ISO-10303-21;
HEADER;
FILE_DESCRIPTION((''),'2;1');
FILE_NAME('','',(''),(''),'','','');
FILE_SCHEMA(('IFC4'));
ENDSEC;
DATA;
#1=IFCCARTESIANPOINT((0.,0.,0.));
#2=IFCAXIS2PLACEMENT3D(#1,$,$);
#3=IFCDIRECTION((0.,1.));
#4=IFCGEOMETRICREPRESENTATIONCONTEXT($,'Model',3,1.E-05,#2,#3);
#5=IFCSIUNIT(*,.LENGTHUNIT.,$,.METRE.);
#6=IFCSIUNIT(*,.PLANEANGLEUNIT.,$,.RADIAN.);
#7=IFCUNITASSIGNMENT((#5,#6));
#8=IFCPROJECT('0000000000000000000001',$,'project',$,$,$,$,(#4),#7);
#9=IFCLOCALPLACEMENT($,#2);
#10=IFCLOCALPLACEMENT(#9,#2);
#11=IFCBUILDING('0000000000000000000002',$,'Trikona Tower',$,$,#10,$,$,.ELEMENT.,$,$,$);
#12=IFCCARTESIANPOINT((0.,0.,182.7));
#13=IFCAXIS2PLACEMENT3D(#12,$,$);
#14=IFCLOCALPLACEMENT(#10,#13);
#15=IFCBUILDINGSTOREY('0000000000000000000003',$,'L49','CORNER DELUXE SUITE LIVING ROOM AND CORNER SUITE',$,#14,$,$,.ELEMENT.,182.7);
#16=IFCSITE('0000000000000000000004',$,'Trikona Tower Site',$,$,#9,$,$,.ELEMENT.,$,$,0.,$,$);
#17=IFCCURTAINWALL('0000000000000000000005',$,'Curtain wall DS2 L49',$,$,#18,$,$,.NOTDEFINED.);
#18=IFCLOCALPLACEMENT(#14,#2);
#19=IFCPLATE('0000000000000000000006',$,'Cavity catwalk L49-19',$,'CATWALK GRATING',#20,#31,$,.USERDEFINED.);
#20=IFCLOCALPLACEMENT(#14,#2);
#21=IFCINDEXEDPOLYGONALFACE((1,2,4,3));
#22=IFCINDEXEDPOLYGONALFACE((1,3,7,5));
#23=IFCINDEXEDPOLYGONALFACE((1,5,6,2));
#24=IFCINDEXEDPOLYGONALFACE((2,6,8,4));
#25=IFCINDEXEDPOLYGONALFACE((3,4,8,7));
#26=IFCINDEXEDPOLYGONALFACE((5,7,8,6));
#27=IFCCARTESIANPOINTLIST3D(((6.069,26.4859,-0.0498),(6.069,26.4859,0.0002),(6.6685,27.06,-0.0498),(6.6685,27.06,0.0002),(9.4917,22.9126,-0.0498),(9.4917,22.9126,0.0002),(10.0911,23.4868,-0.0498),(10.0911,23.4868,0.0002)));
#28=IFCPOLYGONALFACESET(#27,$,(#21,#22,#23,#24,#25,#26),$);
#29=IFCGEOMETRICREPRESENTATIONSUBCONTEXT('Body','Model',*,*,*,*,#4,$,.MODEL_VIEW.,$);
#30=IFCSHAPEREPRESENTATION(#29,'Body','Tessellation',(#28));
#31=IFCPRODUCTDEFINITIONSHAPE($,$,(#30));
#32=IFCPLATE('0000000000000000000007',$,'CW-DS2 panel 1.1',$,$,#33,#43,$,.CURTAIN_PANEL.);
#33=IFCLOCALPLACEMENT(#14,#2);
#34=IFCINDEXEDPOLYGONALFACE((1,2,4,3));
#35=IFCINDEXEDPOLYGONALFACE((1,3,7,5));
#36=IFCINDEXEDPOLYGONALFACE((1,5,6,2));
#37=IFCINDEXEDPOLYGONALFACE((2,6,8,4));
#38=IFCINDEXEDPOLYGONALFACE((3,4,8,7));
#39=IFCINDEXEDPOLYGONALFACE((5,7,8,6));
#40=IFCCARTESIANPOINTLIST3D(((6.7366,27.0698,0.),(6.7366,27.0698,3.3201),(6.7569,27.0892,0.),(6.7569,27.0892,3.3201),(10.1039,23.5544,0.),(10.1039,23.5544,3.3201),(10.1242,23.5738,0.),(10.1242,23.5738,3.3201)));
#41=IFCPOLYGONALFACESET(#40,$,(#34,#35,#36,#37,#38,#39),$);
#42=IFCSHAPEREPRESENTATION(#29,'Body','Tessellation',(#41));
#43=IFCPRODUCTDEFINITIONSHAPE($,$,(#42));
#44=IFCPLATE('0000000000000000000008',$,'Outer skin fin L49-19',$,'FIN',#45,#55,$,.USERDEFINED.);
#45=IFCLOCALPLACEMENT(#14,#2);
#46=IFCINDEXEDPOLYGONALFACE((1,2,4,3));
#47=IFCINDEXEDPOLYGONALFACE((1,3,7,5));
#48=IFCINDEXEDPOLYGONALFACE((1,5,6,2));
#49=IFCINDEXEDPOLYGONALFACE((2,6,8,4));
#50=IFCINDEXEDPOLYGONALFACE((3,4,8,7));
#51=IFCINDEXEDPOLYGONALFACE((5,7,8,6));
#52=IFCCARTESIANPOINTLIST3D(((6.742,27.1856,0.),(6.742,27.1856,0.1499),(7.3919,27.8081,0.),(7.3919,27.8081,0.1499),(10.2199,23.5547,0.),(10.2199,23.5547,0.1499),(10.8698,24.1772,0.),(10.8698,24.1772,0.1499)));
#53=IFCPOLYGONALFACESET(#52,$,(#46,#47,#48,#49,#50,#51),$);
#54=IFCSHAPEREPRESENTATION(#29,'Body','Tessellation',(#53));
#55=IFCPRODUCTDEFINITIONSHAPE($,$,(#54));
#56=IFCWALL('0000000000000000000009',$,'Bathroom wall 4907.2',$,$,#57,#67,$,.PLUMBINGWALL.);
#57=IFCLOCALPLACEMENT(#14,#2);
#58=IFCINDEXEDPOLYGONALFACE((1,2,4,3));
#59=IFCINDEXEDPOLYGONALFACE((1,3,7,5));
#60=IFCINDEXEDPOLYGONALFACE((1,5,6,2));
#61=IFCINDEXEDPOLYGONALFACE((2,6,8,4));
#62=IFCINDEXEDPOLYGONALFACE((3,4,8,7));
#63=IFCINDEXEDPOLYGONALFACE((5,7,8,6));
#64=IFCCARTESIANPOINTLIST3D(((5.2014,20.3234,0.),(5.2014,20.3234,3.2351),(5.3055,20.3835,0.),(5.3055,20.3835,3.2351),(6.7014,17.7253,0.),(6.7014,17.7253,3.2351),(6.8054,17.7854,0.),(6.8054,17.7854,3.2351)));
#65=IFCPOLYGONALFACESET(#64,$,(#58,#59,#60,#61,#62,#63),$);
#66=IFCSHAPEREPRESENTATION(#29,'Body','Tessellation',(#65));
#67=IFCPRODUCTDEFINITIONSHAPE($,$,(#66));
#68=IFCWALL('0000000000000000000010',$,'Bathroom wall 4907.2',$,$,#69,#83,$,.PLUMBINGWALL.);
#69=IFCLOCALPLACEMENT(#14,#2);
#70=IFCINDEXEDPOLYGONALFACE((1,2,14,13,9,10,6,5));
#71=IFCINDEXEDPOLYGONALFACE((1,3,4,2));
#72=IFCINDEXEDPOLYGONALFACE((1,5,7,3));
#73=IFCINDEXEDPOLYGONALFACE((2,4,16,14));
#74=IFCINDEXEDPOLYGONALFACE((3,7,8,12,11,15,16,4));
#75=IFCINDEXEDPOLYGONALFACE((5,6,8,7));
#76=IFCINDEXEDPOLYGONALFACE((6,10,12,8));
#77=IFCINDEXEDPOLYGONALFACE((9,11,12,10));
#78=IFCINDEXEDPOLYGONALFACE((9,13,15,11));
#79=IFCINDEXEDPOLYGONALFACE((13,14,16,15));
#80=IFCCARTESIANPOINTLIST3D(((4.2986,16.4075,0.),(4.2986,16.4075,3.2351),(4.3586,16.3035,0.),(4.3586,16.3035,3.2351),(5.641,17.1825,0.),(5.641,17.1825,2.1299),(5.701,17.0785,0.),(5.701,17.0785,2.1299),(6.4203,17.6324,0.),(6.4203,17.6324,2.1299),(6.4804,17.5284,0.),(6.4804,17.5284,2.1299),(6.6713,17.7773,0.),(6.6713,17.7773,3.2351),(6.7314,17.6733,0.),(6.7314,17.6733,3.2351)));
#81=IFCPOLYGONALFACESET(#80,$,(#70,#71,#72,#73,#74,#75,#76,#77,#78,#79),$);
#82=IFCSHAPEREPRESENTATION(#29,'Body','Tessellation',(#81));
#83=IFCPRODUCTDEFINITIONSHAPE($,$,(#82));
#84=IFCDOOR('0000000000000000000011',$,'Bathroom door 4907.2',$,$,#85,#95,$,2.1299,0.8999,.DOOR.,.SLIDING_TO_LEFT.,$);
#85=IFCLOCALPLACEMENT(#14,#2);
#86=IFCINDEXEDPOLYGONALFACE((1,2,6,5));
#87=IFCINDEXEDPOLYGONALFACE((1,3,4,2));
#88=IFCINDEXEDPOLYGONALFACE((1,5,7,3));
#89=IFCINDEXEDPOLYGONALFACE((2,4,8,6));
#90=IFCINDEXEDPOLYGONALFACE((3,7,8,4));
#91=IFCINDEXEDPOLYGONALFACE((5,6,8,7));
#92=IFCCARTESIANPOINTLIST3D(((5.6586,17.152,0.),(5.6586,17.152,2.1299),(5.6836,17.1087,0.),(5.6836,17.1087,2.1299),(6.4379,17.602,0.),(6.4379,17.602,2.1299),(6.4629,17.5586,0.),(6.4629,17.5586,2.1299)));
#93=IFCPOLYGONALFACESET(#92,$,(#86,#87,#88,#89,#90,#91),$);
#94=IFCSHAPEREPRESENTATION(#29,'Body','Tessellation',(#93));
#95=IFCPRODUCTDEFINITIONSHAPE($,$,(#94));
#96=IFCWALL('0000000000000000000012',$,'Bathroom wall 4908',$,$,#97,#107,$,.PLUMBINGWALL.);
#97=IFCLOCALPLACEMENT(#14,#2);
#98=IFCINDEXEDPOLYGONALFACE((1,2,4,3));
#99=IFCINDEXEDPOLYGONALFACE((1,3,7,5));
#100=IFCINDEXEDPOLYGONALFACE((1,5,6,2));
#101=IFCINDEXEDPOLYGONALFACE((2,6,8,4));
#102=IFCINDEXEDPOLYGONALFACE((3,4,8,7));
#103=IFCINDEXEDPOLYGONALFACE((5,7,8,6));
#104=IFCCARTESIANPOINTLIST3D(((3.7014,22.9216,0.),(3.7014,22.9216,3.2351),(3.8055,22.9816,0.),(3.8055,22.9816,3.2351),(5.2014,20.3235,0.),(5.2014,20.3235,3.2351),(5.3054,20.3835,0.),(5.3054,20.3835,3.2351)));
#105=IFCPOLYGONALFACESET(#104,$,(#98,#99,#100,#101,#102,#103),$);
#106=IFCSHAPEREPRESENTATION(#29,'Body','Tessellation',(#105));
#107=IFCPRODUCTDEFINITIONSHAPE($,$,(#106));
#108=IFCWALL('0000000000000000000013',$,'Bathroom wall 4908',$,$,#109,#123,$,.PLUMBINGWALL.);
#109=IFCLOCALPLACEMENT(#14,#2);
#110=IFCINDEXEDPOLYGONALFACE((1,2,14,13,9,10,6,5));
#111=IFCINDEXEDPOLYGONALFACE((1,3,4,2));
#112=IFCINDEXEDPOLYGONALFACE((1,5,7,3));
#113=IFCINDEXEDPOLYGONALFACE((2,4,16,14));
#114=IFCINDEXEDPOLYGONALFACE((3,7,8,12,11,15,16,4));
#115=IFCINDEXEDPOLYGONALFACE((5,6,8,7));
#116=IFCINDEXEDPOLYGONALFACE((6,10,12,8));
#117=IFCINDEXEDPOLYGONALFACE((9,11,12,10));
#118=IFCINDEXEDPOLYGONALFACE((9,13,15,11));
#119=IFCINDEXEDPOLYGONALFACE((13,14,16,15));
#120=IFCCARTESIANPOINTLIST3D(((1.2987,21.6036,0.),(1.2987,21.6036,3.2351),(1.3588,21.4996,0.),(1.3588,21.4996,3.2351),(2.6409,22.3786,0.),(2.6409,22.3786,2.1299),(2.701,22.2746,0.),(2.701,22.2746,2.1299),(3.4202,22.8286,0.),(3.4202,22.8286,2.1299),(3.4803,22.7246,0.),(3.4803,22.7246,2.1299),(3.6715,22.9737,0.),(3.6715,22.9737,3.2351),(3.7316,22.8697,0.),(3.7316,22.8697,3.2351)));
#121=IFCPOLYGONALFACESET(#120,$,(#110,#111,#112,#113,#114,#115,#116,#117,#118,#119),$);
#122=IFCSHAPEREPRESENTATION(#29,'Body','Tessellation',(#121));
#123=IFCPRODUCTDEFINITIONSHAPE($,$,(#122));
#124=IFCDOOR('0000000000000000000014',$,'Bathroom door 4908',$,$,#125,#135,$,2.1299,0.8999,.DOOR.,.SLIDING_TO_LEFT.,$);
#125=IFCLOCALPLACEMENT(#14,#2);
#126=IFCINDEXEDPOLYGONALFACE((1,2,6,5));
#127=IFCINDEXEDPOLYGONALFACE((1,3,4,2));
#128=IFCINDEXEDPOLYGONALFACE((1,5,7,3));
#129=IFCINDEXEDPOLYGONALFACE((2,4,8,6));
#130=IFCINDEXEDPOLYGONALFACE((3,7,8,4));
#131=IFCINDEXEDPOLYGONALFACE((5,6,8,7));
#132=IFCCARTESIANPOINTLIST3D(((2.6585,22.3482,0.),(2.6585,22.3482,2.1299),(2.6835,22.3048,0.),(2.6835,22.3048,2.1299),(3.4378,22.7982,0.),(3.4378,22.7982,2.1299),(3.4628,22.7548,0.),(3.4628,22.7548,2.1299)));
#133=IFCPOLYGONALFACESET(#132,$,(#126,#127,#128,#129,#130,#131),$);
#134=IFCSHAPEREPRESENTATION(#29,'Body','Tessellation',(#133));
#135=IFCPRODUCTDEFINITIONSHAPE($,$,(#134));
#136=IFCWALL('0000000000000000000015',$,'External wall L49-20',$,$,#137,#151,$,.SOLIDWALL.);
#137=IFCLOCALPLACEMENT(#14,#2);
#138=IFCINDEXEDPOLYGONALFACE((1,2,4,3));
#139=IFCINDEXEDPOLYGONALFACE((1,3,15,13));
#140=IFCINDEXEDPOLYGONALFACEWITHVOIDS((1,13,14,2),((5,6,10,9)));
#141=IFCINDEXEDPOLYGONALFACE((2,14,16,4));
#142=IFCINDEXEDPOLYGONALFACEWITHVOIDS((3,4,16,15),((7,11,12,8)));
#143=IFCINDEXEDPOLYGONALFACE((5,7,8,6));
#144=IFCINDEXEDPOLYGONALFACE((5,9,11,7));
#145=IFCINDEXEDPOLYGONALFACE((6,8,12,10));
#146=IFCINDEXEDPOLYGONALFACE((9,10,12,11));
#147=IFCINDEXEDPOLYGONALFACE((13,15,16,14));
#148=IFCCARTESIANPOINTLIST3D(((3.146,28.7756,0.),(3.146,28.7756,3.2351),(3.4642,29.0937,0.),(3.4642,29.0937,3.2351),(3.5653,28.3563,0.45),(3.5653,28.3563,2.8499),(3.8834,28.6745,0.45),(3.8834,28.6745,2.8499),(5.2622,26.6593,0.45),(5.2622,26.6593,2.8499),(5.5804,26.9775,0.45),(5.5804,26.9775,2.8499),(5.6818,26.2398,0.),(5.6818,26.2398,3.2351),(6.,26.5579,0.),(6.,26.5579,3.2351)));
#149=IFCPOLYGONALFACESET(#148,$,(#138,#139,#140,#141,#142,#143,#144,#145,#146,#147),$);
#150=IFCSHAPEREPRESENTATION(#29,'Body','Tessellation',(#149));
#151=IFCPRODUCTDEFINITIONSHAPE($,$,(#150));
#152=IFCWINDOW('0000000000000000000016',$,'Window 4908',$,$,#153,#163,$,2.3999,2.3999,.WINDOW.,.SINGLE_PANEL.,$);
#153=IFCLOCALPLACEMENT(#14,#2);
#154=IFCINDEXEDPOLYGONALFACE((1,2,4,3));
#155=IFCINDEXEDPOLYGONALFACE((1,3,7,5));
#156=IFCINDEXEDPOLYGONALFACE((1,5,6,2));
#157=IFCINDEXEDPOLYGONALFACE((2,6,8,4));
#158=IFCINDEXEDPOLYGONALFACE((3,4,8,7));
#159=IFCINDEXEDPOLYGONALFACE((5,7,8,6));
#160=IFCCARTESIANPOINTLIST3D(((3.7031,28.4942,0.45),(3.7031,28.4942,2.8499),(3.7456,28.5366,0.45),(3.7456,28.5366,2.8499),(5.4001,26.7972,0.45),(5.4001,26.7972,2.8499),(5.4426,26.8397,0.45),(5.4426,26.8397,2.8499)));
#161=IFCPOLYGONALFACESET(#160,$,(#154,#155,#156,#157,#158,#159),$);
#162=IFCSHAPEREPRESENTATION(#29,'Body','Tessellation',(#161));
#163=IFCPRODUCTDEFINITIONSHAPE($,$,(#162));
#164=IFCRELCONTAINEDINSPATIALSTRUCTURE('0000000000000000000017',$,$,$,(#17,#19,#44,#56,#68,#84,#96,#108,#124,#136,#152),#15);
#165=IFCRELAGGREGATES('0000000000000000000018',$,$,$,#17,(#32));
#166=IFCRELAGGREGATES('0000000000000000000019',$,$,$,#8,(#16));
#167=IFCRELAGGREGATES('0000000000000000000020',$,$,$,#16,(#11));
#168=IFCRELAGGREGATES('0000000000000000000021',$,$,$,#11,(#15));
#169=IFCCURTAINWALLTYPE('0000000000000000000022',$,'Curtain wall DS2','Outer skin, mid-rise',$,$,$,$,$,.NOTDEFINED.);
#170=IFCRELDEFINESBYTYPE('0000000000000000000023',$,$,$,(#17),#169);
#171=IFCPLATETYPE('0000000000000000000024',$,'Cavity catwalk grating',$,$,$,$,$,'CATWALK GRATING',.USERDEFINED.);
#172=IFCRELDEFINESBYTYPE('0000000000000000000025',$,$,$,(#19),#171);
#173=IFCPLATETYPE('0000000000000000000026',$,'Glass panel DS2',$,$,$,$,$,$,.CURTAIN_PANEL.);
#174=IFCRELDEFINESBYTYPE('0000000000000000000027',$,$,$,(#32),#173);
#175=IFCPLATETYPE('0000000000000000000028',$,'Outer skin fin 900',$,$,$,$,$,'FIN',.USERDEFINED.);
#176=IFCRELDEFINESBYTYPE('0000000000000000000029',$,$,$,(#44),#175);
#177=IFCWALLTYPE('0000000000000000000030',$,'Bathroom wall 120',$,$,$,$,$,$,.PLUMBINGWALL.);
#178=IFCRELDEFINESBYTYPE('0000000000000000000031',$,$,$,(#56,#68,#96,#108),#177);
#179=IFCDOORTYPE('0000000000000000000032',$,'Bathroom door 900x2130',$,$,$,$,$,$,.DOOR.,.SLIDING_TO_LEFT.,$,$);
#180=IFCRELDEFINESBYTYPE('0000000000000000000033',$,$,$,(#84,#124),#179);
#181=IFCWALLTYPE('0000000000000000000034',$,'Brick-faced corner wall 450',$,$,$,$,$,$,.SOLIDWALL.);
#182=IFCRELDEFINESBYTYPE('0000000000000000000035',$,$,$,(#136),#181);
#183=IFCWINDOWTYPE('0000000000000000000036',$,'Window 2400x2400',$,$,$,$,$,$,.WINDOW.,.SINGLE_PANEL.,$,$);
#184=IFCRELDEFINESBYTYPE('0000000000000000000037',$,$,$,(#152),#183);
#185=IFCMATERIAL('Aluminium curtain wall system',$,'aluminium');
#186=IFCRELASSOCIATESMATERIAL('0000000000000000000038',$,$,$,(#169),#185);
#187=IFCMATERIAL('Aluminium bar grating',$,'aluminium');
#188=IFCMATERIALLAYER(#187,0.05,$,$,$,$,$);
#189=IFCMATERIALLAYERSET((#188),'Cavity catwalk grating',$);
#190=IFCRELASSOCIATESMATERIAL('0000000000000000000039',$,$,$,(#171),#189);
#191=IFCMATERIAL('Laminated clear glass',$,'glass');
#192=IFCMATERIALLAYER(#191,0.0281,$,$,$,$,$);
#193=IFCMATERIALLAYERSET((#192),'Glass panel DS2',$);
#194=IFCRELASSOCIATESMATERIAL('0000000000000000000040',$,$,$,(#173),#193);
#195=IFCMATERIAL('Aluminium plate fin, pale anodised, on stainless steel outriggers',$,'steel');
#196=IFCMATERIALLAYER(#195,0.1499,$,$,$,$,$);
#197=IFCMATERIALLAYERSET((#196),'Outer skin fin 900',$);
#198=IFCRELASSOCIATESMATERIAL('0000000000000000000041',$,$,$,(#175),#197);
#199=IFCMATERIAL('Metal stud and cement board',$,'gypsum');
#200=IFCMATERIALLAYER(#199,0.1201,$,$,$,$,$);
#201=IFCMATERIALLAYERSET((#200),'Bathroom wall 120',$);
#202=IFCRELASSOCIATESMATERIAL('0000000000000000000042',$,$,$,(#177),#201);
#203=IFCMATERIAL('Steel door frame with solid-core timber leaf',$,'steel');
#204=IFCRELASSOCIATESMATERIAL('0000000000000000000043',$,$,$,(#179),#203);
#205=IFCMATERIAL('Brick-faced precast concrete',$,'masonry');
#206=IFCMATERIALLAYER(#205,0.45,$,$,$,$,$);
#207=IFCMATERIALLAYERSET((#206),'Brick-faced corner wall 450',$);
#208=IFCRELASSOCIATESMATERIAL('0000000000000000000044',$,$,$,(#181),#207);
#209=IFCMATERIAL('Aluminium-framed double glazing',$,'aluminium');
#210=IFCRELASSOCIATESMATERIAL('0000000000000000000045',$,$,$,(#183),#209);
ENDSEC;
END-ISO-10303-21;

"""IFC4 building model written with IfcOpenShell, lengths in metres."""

from ifc_helpers import new_model, si_unit, direction, frame, frame_2d, origin, origin_2d, place, context, subcontext, project, spatial, rectangle, extrude, material, layer, layer_set, type_object, element, fill, aggregate, save


model = new_model("IFC4")

# Units and contexts
model_context = context("Model", 3, precision=1e-05, world=origin(), true_north=direction((0.0, 1.0)))
body_context = subcontext(model_context, "Body", "Model", "MODEL_VIEW")
ifc_project = project(units=[si_unit("LENGTHUNIT", "METRE"), si_unit("PLANEANGLEUNIT", "RADIAN")], contexts=[model_context])

# Site, building, storey
site_placement = place(None, origin())
site = spatial("IfcSite", under=ifc_project, at=site_placement, Name="Trikona Tower Site", CompositionType="ELEMENT", RefElevation=0.0)
building_placement = place(site_placement, origin())
building = spatial("IfcBuilding", under=site, at=building_placement, Name="Trikona Tower", CompositionType="ELEMENT")
storey_placement = place(building_placement, frame((0.0, 0.0, 182.7)))
storey = spatial("IfcBuildingStorey", under=building, at=storey_placement, Name="L49", Description="CORNER DELUXE SUITE LIVING ROOM AND CORNER SUITE", CompositionType="ELEMENT", Elevation=182.7)

# Curtain wall
ifc_material_1 = material(Name="Aluminium curtain wall system", Category="aluminium")
curtain_wall_type = type_object("IfcCurtainWallType", Name="Curtain wall DS2", Description="Outer skin, mid-rise", PredefinedType="NOTDEFINED", material=ifc_material_1)
curtain_wall_placement = place(storey_placement, origin())
curtain_wall = element("IfcCurtainWall", 1, at=curtain_wall_placement, inside=storey, type_object=curtain_wall_type, Name="Curtain wall DS2 L49", PredefinedType="NOTDEFINED")

# Plates
ifc_material_2 = material(Name="Aluminium bar grating", Category="aluminium")
ifc_layer_1 = layer(ifc_material_2, 0.05)
ifc_layer_set_1 = layer_set([ifc_layer_1], Name="Cavity catwalk grating")
plate_type_1 = type_object("IfcPlateType", Name="Cavity catwalk grating", ElementType="CATWALK GRATING", PredefinedType="USERDEFINED", material=ifc_layer_set_1)
plate_1_placement = place(storey_placement, frame((8.0801, 24.9863, -0.0498), z_axis=(0.0, 0.0, 1.0), x_axis=(-0.691724, 0.722162, 0.0)))
element("IfcPlate", 2, at=plate_1_placement, inside=storey, type_object=plate_type_1, Name="Cavity catwalk L49-19", ObjectType="CATWALK GRATING", PredefinedType="USERDEFINED", context=body_context, shape_type="SweptSolid", body=[
    extrude(rectangle(XDim=4.948, YDim=0.8301, at=origin_2d()), origin(), (0.0, 0.0, 1.0), 0.05),
])
ifc_material_3 = material(Name="Laminated clear glass", Category="glass")
ifc_layer_2 = layer(ifc_material_3, 0.0281)
ifc_layer_set_2 = layer_set([ifc_layer_2], Name="Glass panel DS2")
plate_type_2 = type_object("IfcPlateType", Name="Glass panel DS2", PredefinedType="CURTAIN_PANEL", material=ifc_layer_set_2)
plate_2_placement = place(storey_placement, frame((8.4304, 25.3218, 0.0), z_axis=(0.0, 0.0, 1.0), x_axis=(-0.691728, 0.722158, 0.0)))
plate_2 = element("IfcPlate", 3, at=plate_2_placement, type_object=plate_type_2, Name="CW-DS2 panel 1.1", PredefinedType="CURTAIN_PANEL", context=body_context, shape_type="SweptSolid", body=[
    extrude(rectangle(XDim=4.8679, YDim=0.0281, at=origin_2d()), origin(), (0.0, 0.0, 1.0), 3.3201),
])
aggregate(curtain_wall, [plate_2])
ifc_material_4 = material(Name="Aluminium plate fin, pale anodised, on stainless steel outriggers", Category="steel")
ifc_layer_3 = layer(ifc_material_4, 0.1499)
ifc_layer_set_3 = layer_set([ifc_layer_3], Name="Outer skin fin 900")
plate_type_3 = type_object("IfcPlateType", Name="Outer skin fin 900", ElementType="FIN", PredefinedType="USERDEFINED", material=ifc_layer_set_3)
plate_3_placement = place(storey_placement, frame((8.8059, 25.6814, 0.0), z_axis=(0.0, 0.0, 1.0), x_axis=(-0.691724, 0.722162, 0.0)))
element("IfcPlate", 4, at=plate_3_placement, inside=storey, type_object=plate_type_3, Name="Outer skin fin L49-19", ObjectType="FIN", PredefinedType="USERDEFINED", context=body_context, shape_type="SweptSolid", body=[
    extrude(rectangle(XDim=5.0278, YDim=0.8999, at=origin_2d()), origin(), (0.0, 0.0, 1.0), 0.1499),
])

# Wall
ifc_material_5 = material(Name="Metal stud and cement board", Category="gypsum")
ifc_layer_4 = layer(ifc_material_5, 0.1201)
ifc_layer_set_4 = layer_set([ifc_layer_4], Name="Bathroom wall 120")
wall_type_1 = type_object("IfcWallType", Name="Bathroom wall 120", PredefinedType="PLUMBINGWALL", material=ifc_layer_set_4)
wall_1_placement = place(storey_placement, frame((6.7534, 17.7554, 0.0), z_axis=(0.0, 0.0, 1.0), x_axis=(-0.49999, 0.866031, 0.0)))
element("IfcWall", 5, at=wall_1_placement, inside=storey, type_object=wall_type_1, Name="Bathroom wall 4907.2", PredefinedType="PLUMBINGWALL", context=body_context, shape_type="SweptSolid", body=[
    extrude(rectangle(XDim=3.0, YDim=0.1201, at=frame_2d((1.5, 0.0))), origin(), (0.0, 0.0, 1.0), 3.2351),
])

# Wall, opening, door
wall_2_placement = place(storey_placement, frame((4.3286, 16.3555, 0.0), z_axis=(0.0, 0.0, 1.0), x_axis=(0.866036, 0.499982, 0.0)))
wall_2 = element("IfcWall", 6, at=wall_2_placement, inside=storey, type_object=wall_type_1, Name="Bathroom wall 4907.2", PredefinedType="PLUMBINGWALL", context=body_context, shape_type="SweptSolid", body=[
    extrude(rectangle(XDim=2.7397, YDim=0.1201, at=frame_2d((1.3699, 0.0))), origin(), (0.0, 0.0, 1.0), 3.2351),
])
opening_1_placement = place(wall_2_placement, frame((1.55, 0.0, 0.0)))
opening_1 = element("IfcOpeningElement", 7, at=opening_1_placement, cuts=wall_2, PredefinedType="OPENING", context=body_context, shape_type="SweptSolid", body=[
    extrude(rectangle(XDim=0.8999, YDim=2.1299, at=frame_2d((0.45, 1.0649))), frame((0.0, 0.0701, 0.0), z_axis=(0.0, -1.0, 0.0), x_axis=(1.0, 0.0, 0.0)), (0.0, 0.0, 1.0), 0.1401),
])
ifc_material_6 = material(Name="Steel door frame with solid-core timber leaf", Category="steel")
door_type_1 = type_object("IfcDoorType", Name="Bathroom door 900x2130", OperationType="SLIDING_TO_LEFT", PredefinedType="DOOR", material=ifc_material_6)
door_1_placement = place(opening_1_placement, origin())
door_1 = element("IfcDoor", 8, at=door_1_placement, inside=storey, type_object=door_type_1, Name="Bathroom door 4907.2", OperationType="SLIDING_TO_LEFT", OverallHeight=2.1299, OverallWidth=0.8999, PredefinedType="DOOR", context=body_context, shape_type="SweptSolid", body=[
    extrude(rectangle(XDim=0.8999, YDim=2.1299, at=frame_2d((0.45, 1.0649))), frame((0.0, 0.0249, 0.0), z_axis=(0.0, -1.0, 0.0), x_axis=(1.0, 0.0, 0.0)), (0.0, 0.0, 1.0), 0.05),
])
fill(opening_1, door_1)

# Wall
wall_3_placement = place(storey_placement, frame((5.2534, 20.3535, 0.0), z_axis=(0.0, 0.0, 1.0), x_axis=(-0.49999, 0.866031, 0.0)))
element("IfcWall", 9, at=wall_3_placement, inside=storey, type_object=wall_type_1, Name="Bathroom wall 4908", PredefinedType="PLUMBINGWALL", context=body_context, shape_type="SweptSolid", body=[
    extrude(rectangle(XDim=3.0, YDim=0.1201, at=frame_2d((1.5, 0.0))), origin(), (0.0, 0.0, 1.0), 3.2351),
])

# Wall, opening, door
wall_4_placement = place(storey_placement, frame((1.3286, 21.5515, 0.0), z_axis=(0.0, 0.0, 1.0), x_axis=(0.865997, 0.500049, 0.0)))
wall_4 = element("IfcWall", 10, at=wall_4_placement, inside=storey, type_object=wall_type_1, Name="Bathroom wall 4908", PredefinedType="PLUMBINGWALL", context=body_context, shape_type="SweptSolid", body=[
    extrude(rectangle(XDim=2.74, YDim=0.1201, at=frame_2d((1.3701, 0.0))), origin(), (0.0, 0.0, 1.0), 3.2351),
])
opening_2_placement = place(wall_4_placement, frame((1.55, 0.0, 0.0)))
opening_2 = element("IfcOpeningElement", 11, at=opening_2_placement, cuts=wall_4, PredefinedType="OPENING", context=body_context, shape_type="SweptSolid", body=[
    extrude(rectangle(XDim=0.8999, YDim=2.1299, at=frame_2d((0.45, 1.0649))), frame((0.0, 0.0701, 0.0), z_axis=(0.0, -1.0, 0.0), x_axis=(1.0, 0.0, 0.0)), (0.0, 0.0, 1.0), 0.1401),
])
door_2_placement = place(opening_2_placement, origin())
door_2 = element("IfcDoor", 12, at=door_2_placement, inside=storey, type_object=door_type_1, Name="Bathroom door 4908", OperationType="SLIDING_TO_LEFT", OverallHeight=2.1299, OverallWidth=0.8999, PredefinedType="DOOR", context=body_context, shape_type="SweptSolid", body=[
    extrude(rectangle(XDim=0.8999, YDim=2.1299, at=frame_2d((0.45, 1.0649))), frame((0.0, 0.0249, 0.0), z_axis=(0.0, -1.0, 0.0), x_axis=(1.0, 0.0, 0.0)), (0.0, 0.0, 1.0), 0.05),
])
fill(opening_2, door_2)

# Wall, opening, window
ifc_material_7 = material(Name="Brick-faced precast concrete", Category="masonry")
ifc_layer_5 = layer(ifc_material_7, 0.45)
ifc_layer_set_5 = layer_set([ifc_layer_5], Name="Brick-faced corner wall 450")
wall_type_2 = type_object("IfcWallType", Name="Brick-faced corner wall 450", PredefinedType="SOLIDWALL", material=ifc_layer_set_5)
wall_5_placement = place(storey_placement, frame((5.8408, 26.3989, 0.0), z_axis=(0.0, 0.0, 1.0), x_axis=(-0.707107, 0.707107, 0.0)))
wall_5 = element("IfcWall", 13, at=wall_5_placement, inside=storey, type_object=wall_type_2, Name="External wall L49-20", PredefinedType="SOLIDWALL", context=body_context, shape_type="SweptSolid", body=[
    extrude(rectangle(XDim=3.5862, YDim=0.45, at=frame_2d((1.793, 0.0))), origin(), (0.0, 0.0, 1.0), 3.2351),
])
opening_3_placement = place(wall_5_placement, frame((0.5933, 0.0, 0.45)))
opening_3 = element("IfcOpeningElement", 14, at=opening_3_placement, cuts=wall_5, PredefinedType="OPENING", context=body_context, shape_type="SweptSolid", body=[
    extrude(rectangle(XDim=2.3999, YDim=2.3999, at=frame_2d((1.2, 1.2))), frame((0.0, 0.2349, 0.0), z_axis=(0.0, -1.0, 0.0), x_axis=(1.0, 0.0, 0.0)), (0.0, 0.0, 1.0), 0.47),
])
ifc_material_8 = material(Name="Aluminium-framed double glazing", Category="aluminium")
window_type_1 = type_object("IfcWindowType", Name="Window 2400x2400", PartitioningType="SINGLE_PANEL", PredefinedType="WINDOW", material=ifc_material_8)
window_1_placement = place(opening_3_placement, origin())
window_1 = element("IfcWindow", 15, at=window_1_placement, inside=storey, type_object=window_type_1, Name="Window 4908", OverallHeight=2.3999, OverallWidth=2.3999, PartitioningType="SINGLE_PANEL", PredefinedType="WINDOW", context=body_context, shape_type="SweptSolid", body=[
    extrude(rectangle(XDim=2.3999, YDim=2.3999, at=frame_2d((1.2, 1.2))), frame((0.0, 0.03, 0.0), z_axis=(0.0, -1.0, 0.0), x_axis=(1.0, 0.0, 0.0)), (0.0, 0.0, 1.0), 0.0601),
])
fill(opening_3, window_1)

save(model, "model.ifc")
